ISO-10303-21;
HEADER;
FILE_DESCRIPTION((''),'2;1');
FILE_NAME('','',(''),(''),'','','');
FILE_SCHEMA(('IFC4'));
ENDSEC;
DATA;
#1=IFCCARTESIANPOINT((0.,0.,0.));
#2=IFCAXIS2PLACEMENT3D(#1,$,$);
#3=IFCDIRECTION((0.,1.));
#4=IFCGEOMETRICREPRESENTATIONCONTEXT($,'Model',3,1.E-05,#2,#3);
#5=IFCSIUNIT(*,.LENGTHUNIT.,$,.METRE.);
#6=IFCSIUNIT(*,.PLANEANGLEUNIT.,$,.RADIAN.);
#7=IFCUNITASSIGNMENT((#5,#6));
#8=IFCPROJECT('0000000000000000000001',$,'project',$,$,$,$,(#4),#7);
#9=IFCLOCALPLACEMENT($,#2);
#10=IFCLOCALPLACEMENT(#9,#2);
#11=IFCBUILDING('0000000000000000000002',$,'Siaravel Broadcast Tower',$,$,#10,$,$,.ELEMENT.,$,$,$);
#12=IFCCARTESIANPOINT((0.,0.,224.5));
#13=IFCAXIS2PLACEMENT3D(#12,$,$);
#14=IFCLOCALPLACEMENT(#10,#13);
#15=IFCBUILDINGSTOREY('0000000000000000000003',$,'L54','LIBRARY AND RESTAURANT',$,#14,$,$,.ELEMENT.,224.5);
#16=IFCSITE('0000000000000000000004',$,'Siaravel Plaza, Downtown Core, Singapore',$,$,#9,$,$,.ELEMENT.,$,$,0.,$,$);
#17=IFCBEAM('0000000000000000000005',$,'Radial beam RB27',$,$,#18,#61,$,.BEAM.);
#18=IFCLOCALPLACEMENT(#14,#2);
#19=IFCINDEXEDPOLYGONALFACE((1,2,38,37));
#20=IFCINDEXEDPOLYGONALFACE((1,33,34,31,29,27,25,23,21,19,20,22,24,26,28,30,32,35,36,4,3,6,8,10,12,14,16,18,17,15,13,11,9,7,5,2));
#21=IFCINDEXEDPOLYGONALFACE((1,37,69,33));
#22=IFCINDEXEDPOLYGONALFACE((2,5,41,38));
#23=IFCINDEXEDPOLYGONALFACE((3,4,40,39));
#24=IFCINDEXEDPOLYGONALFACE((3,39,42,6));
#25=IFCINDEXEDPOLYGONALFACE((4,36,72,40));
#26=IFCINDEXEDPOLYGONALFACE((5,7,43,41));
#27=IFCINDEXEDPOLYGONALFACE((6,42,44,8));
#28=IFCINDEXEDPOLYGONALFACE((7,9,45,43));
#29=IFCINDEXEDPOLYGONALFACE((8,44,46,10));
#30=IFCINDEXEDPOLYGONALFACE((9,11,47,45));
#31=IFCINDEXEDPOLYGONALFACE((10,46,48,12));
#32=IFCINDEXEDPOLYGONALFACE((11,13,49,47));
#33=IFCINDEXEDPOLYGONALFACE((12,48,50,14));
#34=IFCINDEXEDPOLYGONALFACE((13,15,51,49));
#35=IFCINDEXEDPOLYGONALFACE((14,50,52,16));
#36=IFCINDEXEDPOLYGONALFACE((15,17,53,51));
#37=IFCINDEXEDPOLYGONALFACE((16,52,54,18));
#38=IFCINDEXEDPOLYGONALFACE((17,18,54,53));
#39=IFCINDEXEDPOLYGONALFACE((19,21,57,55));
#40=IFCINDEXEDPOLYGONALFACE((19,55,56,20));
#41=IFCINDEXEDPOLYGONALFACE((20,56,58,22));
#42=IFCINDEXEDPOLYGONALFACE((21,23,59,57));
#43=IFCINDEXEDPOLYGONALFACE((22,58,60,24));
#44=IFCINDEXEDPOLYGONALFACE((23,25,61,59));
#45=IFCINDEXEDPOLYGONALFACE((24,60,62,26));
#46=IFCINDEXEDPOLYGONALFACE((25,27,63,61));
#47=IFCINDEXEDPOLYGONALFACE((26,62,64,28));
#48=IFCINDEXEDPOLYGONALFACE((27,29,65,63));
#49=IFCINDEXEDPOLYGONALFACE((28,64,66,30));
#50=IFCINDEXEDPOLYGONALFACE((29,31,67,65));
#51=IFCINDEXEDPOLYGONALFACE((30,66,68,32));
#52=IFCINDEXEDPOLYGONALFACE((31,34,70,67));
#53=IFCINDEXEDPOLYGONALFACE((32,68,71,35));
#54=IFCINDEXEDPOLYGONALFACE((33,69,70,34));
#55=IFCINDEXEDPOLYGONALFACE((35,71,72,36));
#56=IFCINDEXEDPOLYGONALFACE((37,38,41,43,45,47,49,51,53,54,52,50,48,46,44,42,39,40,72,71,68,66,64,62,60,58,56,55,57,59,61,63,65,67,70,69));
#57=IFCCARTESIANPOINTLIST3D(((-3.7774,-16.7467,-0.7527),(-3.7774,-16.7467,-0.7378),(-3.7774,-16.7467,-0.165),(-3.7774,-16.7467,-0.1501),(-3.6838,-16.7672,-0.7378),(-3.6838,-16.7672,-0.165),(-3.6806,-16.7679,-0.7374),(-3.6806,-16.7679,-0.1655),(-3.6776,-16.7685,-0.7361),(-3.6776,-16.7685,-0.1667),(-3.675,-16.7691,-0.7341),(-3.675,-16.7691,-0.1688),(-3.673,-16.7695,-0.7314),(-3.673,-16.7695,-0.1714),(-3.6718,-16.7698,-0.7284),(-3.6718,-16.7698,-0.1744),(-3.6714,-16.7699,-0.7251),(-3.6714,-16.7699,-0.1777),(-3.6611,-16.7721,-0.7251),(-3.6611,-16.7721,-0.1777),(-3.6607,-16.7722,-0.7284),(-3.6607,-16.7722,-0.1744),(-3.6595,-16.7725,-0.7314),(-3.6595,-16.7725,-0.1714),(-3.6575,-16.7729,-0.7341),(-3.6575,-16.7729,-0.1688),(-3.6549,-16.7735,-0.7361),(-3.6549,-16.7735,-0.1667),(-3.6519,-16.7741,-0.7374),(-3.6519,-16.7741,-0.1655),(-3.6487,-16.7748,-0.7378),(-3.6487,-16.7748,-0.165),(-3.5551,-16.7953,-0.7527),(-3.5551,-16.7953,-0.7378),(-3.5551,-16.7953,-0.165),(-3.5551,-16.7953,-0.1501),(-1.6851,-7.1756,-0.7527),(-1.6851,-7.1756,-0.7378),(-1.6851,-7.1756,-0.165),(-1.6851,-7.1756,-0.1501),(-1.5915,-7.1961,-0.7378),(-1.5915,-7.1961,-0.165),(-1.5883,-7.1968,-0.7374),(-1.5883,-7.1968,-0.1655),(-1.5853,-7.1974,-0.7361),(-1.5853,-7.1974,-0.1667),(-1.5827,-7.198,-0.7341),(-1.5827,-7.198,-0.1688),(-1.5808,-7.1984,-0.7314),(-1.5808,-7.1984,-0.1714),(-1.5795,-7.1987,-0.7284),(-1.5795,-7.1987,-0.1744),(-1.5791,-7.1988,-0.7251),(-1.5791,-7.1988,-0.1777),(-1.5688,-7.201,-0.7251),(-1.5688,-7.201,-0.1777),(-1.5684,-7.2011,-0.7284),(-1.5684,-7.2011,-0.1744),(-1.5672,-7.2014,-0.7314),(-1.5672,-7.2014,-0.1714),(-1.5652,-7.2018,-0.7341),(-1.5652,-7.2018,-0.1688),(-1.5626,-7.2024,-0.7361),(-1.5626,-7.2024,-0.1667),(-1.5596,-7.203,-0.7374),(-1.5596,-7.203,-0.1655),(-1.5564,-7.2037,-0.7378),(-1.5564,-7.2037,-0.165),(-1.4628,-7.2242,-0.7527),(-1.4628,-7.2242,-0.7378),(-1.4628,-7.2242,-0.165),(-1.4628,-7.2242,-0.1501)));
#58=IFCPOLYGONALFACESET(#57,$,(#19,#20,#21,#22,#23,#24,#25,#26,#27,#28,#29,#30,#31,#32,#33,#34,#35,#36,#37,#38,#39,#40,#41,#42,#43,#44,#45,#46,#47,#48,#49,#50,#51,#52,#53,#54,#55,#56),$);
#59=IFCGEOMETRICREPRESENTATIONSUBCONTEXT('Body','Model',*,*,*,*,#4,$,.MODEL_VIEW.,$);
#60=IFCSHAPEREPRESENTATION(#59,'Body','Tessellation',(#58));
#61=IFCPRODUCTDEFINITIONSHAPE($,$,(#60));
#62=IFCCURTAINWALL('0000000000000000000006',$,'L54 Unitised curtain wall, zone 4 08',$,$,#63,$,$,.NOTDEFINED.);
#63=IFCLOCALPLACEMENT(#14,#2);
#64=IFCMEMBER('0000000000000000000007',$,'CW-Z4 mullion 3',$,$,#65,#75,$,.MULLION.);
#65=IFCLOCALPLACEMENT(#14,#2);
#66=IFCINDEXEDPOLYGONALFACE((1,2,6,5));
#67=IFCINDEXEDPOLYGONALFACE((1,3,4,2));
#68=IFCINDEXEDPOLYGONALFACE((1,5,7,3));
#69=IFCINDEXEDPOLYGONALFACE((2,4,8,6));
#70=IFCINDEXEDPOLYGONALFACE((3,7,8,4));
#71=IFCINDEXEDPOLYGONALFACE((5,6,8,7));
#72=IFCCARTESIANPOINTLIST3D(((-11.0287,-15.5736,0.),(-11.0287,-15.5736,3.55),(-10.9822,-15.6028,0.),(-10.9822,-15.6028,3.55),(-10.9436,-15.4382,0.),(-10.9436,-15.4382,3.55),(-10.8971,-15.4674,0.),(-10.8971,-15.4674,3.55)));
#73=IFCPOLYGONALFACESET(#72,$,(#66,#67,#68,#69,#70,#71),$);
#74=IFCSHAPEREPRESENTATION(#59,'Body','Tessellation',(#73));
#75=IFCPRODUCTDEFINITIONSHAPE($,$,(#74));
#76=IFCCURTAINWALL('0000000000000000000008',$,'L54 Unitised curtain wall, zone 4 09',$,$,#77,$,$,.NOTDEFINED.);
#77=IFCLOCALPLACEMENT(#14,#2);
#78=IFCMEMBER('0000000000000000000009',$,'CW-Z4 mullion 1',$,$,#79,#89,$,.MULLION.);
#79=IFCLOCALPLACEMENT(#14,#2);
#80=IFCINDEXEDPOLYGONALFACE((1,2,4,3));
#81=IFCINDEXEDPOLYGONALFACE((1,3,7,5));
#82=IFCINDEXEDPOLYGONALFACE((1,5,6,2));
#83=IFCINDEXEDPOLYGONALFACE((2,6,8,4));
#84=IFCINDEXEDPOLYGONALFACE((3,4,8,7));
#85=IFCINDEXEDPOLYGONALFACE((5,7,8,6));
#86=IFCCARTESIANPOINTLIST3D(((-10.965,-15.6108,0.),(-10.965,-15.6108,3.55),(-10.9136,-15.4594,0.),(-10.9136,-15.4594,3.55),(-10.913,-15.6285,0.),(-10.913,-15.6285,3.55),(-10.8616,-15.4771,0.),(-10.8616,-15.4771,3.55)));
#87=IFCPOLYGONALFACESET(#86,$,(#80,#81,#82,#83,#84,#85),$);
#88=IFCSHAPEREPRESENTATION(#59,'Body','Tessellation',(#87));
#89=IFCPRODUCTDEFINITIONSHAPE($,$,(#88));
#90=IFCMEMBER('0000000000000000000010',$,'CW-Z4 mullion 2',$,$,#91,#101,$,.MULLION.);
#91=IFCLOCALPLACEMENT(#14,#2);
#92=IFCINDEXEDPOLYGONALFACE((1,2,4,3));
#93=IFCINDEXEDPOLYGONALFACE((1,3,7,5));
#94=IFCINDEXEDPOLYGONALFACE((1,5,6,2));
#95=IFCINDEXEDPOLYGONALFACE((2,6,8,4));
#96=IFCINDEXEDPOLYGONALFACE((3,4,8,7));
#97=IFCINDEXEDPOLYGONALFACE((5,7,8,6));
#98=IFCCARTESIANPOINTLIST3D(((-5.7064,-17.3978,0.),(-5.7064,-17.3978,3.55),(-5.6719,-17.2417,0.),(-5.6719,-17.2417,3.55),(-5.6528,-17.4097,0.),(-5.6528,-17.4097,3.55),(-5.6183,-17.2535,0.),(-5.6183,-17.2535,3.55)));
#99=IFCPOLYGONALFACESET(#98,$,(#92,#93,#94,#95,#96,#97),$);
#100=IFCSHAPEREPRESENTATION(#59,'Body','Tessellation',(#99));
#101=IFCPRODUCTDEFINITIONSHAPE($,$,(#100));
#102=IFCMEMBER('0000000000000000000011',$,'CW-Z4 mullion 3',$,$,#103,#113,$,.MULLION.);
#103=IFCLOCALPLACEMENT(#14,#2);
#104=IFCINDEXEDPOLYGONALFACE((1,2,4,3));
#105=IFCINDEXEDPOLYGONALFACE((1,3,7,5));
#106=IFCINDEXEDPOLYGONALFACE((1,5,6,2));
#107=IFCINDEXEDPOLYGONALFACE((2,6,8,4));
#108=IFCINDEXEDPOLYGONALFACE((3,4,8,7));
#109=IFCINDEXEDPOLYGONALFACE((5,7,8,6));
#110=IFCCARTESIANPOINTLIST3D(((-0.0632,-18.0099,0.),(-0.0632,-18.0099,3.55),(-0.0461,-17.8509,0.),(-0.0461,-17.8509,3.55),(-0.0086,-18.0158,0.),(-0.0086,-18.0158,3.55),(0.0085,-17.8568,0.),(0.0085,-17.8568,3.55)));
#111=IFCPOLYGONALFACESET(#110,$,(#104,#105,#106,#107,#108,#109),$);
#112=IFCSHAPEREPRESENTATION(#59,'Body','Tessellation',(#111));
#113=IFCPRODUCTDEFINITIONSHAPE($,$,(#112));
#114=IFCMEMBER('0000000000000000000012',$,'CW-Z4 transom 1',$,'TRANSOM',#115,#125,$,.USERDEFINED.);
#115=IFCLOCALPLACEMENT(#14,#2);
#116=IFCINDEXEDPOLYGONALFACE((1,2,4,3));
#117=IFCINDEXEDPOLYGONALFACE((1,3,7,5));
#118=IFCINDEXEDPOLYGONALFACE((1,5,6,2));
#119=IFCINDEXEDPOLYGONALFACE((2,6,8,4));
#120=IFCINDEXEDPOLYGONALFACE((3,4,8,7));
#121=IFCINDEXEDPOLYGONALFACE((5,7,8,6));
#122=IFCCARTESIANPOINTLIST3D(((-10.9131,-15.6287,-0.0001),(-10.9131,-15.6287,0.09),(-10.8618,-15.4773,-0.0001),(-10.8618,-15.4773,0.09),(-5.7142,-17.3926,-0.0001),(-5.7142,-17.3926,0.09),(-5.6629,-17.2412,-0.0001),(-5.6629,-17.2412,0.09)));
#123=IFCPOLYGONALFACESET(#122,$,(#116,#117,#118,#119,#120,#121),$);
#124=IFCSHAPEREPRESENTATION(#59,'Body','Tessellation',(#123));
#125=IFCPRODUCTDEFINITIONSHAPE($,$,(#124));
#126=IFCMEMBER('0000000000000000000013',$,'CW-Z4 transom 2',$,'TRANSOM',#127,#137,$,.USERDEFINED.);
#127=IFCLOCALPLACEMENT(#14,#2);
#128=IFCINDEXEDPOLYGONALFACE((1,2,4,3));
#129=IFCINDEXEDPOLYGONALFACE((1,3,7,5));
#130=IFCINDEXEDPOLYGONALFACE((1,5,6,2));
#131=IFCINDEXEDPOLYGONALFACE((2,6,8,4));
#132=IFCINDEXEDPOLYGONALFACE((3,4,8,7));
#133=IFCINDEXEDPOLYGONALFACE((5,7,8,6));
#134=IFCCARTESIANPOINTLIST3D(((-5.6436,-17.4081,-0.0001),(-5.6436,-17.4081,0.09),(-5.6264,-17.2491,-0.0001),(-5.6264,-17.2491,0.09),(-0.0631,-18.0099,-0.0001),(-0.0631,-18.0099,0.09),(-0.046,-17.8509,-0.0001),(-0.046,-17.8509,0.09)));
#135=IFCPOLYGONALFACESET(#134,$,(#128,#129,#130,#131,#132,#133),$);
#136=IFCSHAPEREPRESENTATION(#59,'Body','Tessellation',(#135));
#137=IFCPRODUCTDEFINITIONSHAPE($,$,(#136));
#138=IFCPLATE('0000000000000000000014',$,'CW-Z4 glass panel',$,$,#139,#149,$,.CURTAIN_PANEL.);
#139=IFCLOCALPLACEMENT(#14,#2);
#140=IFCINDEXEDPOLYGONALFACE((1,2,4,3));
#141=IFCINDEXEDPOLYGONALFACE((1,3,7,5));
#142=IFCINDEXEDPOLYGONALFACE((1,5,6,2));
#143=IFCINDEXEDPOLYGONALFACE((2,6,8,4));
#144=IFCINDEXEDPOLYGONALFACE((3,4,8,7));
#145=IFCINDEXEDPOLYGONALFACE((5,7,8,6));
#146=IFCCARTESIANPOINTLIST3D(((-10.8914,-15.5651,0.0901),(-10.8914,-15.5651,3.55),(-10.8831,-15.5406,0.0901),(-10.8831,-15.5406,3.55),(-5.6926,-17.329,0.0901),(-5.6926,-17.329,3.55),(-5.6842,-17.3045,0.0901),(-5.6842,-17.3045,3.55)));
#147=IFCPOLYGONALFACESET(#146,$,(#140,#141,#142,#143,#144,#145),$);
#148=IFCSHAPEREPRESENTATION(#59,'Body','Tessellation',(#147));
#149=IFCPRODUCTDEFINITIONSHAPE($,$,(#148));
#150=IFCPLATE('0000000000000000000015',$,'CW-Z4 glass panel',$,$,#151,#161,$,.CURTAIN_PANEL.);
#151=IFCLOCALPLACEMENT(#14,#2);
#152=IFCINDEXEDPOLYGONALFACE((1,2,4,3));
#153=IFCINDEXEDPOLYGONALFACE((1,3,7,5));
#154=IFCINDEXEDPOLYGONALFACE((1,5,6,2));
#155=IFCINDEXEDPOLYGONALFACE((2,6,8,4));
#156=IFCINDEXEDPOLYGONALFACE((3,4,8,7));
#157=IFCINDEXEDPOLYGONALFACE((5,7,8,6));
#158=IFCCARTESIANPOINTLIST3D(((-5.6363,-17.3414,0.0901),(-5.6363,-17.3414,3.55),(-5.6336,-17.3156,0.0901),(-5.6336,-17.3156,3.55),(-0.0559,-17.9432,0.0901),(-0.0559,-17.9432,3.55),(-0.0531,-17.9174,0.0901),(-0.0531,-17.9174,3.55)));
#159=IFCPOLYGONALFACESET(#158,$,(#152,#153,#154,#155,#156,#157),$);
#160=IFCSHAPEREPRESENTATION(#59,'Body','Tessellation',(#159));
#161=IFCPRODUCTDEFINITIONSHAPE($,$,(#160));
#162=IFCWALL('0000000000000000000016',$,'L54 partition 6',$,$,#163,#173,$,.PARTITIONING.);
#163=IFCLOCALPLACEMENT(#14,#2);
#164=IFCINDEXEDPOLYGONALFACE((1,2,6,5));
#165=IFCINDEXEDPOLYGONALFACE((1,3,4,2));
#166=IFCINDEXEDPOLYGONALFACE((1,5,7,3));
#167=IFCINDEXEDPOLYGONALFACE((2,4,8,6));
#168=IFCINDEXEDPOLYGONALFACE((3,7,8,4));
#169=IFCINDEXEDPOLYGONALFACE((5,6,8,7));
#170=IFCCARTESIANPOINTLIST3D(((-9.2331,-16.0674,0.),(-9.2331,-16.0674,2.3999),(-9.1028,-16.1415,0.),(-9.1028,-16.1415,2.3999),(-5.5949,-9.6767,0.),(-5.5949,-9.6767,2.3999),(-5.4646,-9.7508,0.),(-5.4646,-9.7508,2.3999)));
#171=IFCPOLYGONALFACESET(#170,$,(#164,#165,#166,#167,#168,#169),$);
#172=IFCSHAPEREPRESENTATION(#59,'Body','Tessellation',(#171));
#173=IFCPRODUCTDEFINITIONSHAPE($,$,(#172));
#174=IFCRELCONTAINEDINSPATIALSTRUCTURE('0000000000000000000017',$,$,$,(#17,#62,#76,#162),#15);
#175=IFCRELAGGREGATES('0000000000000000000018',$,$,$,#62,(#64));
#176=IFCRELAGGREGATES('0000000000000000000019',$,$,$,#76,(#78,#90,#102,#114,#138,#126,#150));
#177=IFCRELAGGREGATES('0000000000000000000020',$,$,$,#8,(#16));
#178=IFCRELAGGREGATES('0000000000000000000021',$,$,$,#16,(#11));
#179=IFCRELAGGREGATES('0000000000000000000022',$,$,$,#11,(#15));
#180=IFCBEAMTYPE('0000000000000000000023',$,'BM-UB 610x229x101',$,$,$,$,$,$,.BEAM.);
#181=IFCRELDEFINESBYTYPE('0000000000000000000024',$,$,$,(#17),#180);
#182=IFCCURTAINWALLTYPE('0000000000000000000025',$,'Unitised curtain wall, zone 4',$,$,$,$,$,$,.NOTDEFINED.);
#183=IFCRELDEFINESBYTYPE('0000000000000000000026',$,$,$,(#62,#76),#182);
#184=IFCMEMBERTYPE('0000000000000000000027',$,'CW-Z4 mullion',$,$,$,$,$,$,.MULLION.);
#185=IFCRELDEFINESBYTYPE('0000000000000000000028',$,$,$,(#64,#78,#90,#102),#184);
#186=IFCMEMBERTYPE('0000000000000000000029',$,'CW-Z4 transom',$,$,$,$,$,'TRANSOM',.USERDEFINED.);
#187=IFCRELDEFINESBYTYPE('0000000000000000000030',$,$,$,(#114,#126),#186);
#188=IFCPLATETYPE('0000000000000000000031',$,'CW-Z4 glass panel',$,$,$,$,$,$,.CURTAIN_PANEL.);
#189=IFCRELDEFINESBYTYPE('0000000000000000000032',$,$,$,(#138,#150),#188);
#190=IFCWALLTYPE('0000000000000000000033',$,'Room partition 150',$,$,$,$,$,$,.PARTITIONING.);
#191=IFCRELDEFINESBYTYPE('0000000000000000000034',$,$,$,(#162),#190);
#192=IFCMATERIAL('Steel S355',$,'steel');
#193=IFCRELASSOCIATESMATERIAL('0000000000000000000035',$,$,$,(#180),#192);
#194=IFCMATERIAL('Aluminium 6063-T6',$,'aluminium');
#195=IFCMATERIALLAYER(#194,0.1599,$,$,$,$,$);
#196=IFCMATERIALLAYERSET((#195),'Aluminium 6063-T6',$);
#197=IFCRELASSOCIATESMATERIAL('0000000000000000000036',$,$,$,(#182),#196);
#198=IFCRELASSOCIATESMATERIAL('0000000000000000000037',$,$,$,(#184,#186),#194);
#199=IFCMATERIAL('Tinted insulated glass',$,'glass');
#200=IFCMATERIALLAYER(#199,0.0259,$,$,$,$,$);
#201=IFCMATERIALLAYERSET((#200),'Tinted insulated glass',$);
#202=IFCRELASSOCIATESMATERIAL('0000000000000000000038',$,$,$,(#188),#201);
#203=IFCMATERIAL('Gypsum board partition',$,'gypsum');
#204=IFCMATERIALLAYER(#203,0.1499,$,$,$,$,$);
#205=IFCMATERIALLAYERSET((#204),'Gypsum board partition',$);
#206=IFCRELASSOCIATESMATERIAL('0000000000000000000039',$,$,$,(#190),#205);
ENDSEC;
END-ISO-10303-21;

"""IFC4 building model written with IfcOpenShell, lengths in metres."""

from ifc_helpers import new_model, si_unit, direction, frame, frame_2d, origin, origin_2d, place, context, subcontext, project, spatial, rectangle, i_section, extrude, material, layer, layer_set, material_profile, profile_set, type_object, element, aggregate, save


model = new_model("IFC4")

# Units and contexts
model_context = context("Model", 3, precision=1e-05, world=origin(), true_north=direction((0.0, 1.0)))
body_context = subcontext(model_context, "Body", "Model", "MODEL_VIEW")
ifc_project = project(units=[si_unit("LENGTHUNIT", "METRE"), si_unit("PLANEANGLEUNIT", "RADIAN")], contexts=[model_context])

# Site, building, storey
site_placement = place(None, origin())
site = spatial("IfcSite", under=ifc_project, at=site_placement, Name="Siaravel Plaza, Downtown Core, Singapore", CompositionType="ELEMENT", RefElevation=0.0)
building_placement = place(site_placement, origin())
building = spatial("IfcBuilding", under=site, at=building_placement, Name="Siaravel Broadcast Tower", CompositionType="ELEMENT")
storey_placement = place(building_placement, frame((0.0, 0.0, 224.5)))
storey = spatial("IfcBuildingStorey", under=building, at=storey_placement, Name="L54", Description="LIBRARY AND RESTAURANT", CompositionType="ELEMENT", Elevation=224.5)

# Beam
ifc_material_1 = material(Name="Steel S355", Category="steel")
ifc_material_profile_1 = material_profile(ifc_material_1, i_section(OverallWidth=0.2275, OverallDepth=0.6025, WebThickness=0.0105, FlangeThickness=0.0149, FilletRadius=0.0127, at=origin_2d()))
ifc_profile_set_1 = profile_set([ifc_material_profile_1], Name="Steel S355")
beam_type = type_object("IfcBeamType", Name="BM-UB 610x229x101", PredefinedType="BEAM", material=ifc_profile_set_1)
beam_1_placement = place(storey_placement, frame((-3.6663, -16.771, -0.4514), z_axis=(0.213562, 0.976929, 0.0), x_axis=(-0.976929, 0.213562, 0.0)))
element("IfcBeam", 1, at=beam_1_placement, inside=storey, type_object=beam_type, Name="Radial beam RB27", PredefinedType="BEAM", context=body_context, shape_type="SweptSolid", body=[
    extrude(i_section(OverallWidth=0.2275, OverallDepth=0.6025, WebThickness=0.0105, FlangeThickness=0.0149, FilletRadius=0.0127, at=origin_2d()), origin(), (0.0, 0.0, 1.0), 9.7971),
])

# Curtain wall, member
ifc_material_2 = material(Name="Aluminium 6063-T6", Category="aluminium")
ifc_layer_1 = layer(ifc_material_2, 0.1599)
ifc_layer_set_1 = layer_set([ifc_layer_1], Name="Aluminium 6063-T6")
curtain_wall_type = type_object("IfcCurtainWallType", Name="Unitised curtain wall, zone 4", PredefinedType="NOTDEFINED", material=ifc_layer_set_1)
curtain_wall_1_placement = place(storey_placement, origin())
curtain_wall_1 = element("IfcCurtainWall", 2, at=curtain_wall_1_placement, inside=storey, type_object=curtain_wall_type, Name="L54 Unitised curtain wall, zone 4 08", PredefinedType="NOTDEFINED")
ifc_material_profile_2 = material_profile(ifc_material_2, rectangle(XDim=0.1599, YDim=0.0549, at=origin_2d()))
ifc_profile_set_2 = profile_set([ifc_material_profile_2], Name="Aluminium 6063-T6")
member_type_1 = type_object("IfcMemberType", Name="CW-Z4 mullion", PredefinedType="MULLION", material=ifc_profile_set_2)
member_1_placement = place(storey_placement, frame((-10.9629, -15.5205, 0.0), z_axis=(0.0, 0.0, 1.0), x_axis=(0.53215, 0.84665, 0.0)))
member_1 = element("IfcMember", 3, at=member_1_placement, type_object=member_type_1, Name="CW-Z4 mullion 3", PredefinedType="MULLION", context=body_context, shape_type="SweptSolid", body=[
    extrude(rectangle(XDim=0.1599, YDim=0.0549, at=origin_2d()), origin(), (0.0, 0.0, 1.0), 3.55),
])
aggregate(curtain_wall_1, [member_1])

# Curtain wall, members, plates
curtain_wall_2_placement = place(storey_placement, origin())
curtain_wall_2 = element("IfcCurtainWall", 4, at=curtain_wall_2_placement, inside=storey, type_object=curtain_wall_type, Name="L54 Unitised curtain wall, zone 4 09", PredefinedType="NOTDEFINED")
member_2_placement = place(storey_placement, frame((-10.9133, -15.5439, 0.0), z_axis=(0.0, 0.0, 1.0), x_axis=(0.321301, 0.946977, 0.0)))
member_2 = element("IfcMember", 5, at=member_2_placement, type_object=member_type_1, Name="CW-Z4 mullion 1", PredefinedType="MULLION", context=body_context, shape_type="SweptSolid", body=[
    extrude(rectangle(XDim=0.1599, YDim=0.0549, at=origin_2d()), origin(), (0.0, 0.0, 1.0), 3.55),
])
member_3_placement = place(storey_placement, frame((-5.6624, -17.3257, 0.0), z_axis=(0.0, 0.0, 1.0), x_axis=(0.215558, 0.976491, 0.0)))
member_3 = element("IfcMember", 6, at=member_3_placement, type_object=member_type_1, Name="CW-Z4 mullion 2", PredefinedType="MULLION", context=body_context, shape_type="SweptSolid", body=[
    extrude(rectangle(XDim=0.1599, YDim=0.0549, at=origin_2d()), origin(), (0.0, 0.0, 1.0), 3.55),
])
member_4_placement = place(storey_placement, frame((-0.0273, -17.9333, 0.0), z_axis=(0.0, 0.0, 1.0), x_axis=(0.107218, 0.994236, 0.0)))
member_4 = element("IfcMember", 7, at=member_4_placement, type_object=member_type_1, Name="CW-Z4 mullion 3", PredefinedType="MULLION", context=body_context, shape_type="SweptSolid", body=[
    extrude(rectangle(XDim=0.1599, YDim=0.0549, at=origin_2d()), origin(), (0.0, 0.0, 1.0), 3.55),
])
ifc_material_profile_3 = material_profile(ifc_material_2, rectangle(XDim=0.1599, YDim=0.0901, at=origin_2d()))
ifc_profile_set_3 = profile_set([ifc_material_profile_3], Name="Aluminium 6063-T6")
member_type_2 = type_object("IfcMemberType", Name="CW-Z4 transom", ElementType="TRANSOM", PredefinedType="USERDEFINED", material=ifc_profile_set_3)
member_5_placement = place(storey_placement, frame((-10.8875, -15.553, 0.0449), z_axis=(0.94698, -0.321293, 0.0), x_axis=(0.321293, 0.94698, 0.0)))
member_5 = element("IfcMember", 8, at=member_5_placement, type_object=member_type_2, Name="CW-Z4 transom 1", ObjectType="TRANSOM", PredefinedType="USERDEFINED", context=body_context, shape_type="SweptSolid", body=[
    extrude(rectangle(XDim=0.1599, YDim=0.0901, at=origin_2d()), origin(), (0.0, 0.0, 1.0), 5.49),
])
member_6_placement = place(storey_placement, frame((-5.635, -17.3286, 0.0449), z_axis=(0.994235, -0.107223, 0.0), x_axis=(0.107223, 0.994235, 0.0)))
member_6 = element("IfcMember", 9, at=member_6_placement, type_object=member_type_2, Name="CW-Z4 transom 2", ObjectType="TRANSOM", PredefinedType="USERDEFINED", context=body_context, shape_type="SweptSolid", body=[
    extrude(rectangle(XDim=0.1599, YDim=0.0901, at=origin_2d()), origin(), (0.0, 0.0, 1.0), 5.6128),
])
ifc_material_3 = material(Name="Tinted insulated glass", Category="glass")
ifc_layer_2 = layer(ifc_material_3, 0.0259)
ifc_layer_set_2 = layer_set([ifc_layer_2], Name="Tinted insulated glass")
plate_type = type_object("IfcPlateType", Name="CW-Z4 glass panel", PredefinedType="CURTAIN_PANEL", material=ifc_layer_set_2)
plate_1_placement = place(storey_placement, frame((-8.2878, -16.4348, 0.0901), z_axis=(0.0, 0.0, 1.0), x_axis=(0.946977, -0.321301, 0.0)))
plate_1 = element("IfcPlate", 10, at=plate_1_placement, type_object=plate_type, Name="CW-Z4 glass panel", PredefinedType="CURTAIN_PANEL", context=body_context, shape_type="SweptSolid", body=[
    extrude(rectangle(XDim=5.49, YDim=0.0259, at=origin_2d()), origin(), (0.0, 0.0, 1.0), 3.46),
])
plate_2_placement = place(storey_placement, frame((-2.8447, -17.6294, 0.0901), z_axis=(0.0, 0.0, 1.0), x_axis=(0.994236, -0.107218, 0.0)))
plate_2 = element("IfcPlate", 11, at=plate_2_placement, type_object=plate_type, Name="CW-Z4 glass panel", PredefinedType="CURTAIN_PANEL", context=body_context, shape_type="SweptSolid", body=[
    extrude(rectangle(XDim=5.6128, YDim=0.0259, at=origin_2d()), origin(), (0.0, 0.0, 1.0), 3.46),
])
aggregate(curtain_wall_2, [member_2, member_3, member_4, member_5, plate_1, member_6, plate_2])

# Wall
ifc_material_4 = material(Name="Gypsum board partition", Category="gypsum")
ifc_layer_3 = layer(ifc_material_4, 0.1499)
ifc_layer_set_3 = layer_set([ifc_layer_3], Name="Gypsum board partition")
wall_type = type_object("IfcWallType", Name="Room partition 150", PredefinedType="PARTITIONING", material=ifc_layer_set_3)
wall_placement = place(storey_placement, frame((-5.5298, -9.7139, 0.0), z_axis=(0.0, 0.0, 1.0), x_axis=(-0.494744, -0.869039, 0.0)))
element("IfcWall", 12, at=wall_placement, inside=storey, type_object=wall_type, Name="L54 partition 6", PredefinedType="PARTITIONING", context=body_context, shape_type="SweptSolid", body=[
    extrude(rectangle(XDim=7.3538, YDim=0.1499, at=frame_2d((3.6768, 0.0))), origin(), (0.0, 0.0, 1.0), 2.3999),
])

save(model, "model.ifc")
